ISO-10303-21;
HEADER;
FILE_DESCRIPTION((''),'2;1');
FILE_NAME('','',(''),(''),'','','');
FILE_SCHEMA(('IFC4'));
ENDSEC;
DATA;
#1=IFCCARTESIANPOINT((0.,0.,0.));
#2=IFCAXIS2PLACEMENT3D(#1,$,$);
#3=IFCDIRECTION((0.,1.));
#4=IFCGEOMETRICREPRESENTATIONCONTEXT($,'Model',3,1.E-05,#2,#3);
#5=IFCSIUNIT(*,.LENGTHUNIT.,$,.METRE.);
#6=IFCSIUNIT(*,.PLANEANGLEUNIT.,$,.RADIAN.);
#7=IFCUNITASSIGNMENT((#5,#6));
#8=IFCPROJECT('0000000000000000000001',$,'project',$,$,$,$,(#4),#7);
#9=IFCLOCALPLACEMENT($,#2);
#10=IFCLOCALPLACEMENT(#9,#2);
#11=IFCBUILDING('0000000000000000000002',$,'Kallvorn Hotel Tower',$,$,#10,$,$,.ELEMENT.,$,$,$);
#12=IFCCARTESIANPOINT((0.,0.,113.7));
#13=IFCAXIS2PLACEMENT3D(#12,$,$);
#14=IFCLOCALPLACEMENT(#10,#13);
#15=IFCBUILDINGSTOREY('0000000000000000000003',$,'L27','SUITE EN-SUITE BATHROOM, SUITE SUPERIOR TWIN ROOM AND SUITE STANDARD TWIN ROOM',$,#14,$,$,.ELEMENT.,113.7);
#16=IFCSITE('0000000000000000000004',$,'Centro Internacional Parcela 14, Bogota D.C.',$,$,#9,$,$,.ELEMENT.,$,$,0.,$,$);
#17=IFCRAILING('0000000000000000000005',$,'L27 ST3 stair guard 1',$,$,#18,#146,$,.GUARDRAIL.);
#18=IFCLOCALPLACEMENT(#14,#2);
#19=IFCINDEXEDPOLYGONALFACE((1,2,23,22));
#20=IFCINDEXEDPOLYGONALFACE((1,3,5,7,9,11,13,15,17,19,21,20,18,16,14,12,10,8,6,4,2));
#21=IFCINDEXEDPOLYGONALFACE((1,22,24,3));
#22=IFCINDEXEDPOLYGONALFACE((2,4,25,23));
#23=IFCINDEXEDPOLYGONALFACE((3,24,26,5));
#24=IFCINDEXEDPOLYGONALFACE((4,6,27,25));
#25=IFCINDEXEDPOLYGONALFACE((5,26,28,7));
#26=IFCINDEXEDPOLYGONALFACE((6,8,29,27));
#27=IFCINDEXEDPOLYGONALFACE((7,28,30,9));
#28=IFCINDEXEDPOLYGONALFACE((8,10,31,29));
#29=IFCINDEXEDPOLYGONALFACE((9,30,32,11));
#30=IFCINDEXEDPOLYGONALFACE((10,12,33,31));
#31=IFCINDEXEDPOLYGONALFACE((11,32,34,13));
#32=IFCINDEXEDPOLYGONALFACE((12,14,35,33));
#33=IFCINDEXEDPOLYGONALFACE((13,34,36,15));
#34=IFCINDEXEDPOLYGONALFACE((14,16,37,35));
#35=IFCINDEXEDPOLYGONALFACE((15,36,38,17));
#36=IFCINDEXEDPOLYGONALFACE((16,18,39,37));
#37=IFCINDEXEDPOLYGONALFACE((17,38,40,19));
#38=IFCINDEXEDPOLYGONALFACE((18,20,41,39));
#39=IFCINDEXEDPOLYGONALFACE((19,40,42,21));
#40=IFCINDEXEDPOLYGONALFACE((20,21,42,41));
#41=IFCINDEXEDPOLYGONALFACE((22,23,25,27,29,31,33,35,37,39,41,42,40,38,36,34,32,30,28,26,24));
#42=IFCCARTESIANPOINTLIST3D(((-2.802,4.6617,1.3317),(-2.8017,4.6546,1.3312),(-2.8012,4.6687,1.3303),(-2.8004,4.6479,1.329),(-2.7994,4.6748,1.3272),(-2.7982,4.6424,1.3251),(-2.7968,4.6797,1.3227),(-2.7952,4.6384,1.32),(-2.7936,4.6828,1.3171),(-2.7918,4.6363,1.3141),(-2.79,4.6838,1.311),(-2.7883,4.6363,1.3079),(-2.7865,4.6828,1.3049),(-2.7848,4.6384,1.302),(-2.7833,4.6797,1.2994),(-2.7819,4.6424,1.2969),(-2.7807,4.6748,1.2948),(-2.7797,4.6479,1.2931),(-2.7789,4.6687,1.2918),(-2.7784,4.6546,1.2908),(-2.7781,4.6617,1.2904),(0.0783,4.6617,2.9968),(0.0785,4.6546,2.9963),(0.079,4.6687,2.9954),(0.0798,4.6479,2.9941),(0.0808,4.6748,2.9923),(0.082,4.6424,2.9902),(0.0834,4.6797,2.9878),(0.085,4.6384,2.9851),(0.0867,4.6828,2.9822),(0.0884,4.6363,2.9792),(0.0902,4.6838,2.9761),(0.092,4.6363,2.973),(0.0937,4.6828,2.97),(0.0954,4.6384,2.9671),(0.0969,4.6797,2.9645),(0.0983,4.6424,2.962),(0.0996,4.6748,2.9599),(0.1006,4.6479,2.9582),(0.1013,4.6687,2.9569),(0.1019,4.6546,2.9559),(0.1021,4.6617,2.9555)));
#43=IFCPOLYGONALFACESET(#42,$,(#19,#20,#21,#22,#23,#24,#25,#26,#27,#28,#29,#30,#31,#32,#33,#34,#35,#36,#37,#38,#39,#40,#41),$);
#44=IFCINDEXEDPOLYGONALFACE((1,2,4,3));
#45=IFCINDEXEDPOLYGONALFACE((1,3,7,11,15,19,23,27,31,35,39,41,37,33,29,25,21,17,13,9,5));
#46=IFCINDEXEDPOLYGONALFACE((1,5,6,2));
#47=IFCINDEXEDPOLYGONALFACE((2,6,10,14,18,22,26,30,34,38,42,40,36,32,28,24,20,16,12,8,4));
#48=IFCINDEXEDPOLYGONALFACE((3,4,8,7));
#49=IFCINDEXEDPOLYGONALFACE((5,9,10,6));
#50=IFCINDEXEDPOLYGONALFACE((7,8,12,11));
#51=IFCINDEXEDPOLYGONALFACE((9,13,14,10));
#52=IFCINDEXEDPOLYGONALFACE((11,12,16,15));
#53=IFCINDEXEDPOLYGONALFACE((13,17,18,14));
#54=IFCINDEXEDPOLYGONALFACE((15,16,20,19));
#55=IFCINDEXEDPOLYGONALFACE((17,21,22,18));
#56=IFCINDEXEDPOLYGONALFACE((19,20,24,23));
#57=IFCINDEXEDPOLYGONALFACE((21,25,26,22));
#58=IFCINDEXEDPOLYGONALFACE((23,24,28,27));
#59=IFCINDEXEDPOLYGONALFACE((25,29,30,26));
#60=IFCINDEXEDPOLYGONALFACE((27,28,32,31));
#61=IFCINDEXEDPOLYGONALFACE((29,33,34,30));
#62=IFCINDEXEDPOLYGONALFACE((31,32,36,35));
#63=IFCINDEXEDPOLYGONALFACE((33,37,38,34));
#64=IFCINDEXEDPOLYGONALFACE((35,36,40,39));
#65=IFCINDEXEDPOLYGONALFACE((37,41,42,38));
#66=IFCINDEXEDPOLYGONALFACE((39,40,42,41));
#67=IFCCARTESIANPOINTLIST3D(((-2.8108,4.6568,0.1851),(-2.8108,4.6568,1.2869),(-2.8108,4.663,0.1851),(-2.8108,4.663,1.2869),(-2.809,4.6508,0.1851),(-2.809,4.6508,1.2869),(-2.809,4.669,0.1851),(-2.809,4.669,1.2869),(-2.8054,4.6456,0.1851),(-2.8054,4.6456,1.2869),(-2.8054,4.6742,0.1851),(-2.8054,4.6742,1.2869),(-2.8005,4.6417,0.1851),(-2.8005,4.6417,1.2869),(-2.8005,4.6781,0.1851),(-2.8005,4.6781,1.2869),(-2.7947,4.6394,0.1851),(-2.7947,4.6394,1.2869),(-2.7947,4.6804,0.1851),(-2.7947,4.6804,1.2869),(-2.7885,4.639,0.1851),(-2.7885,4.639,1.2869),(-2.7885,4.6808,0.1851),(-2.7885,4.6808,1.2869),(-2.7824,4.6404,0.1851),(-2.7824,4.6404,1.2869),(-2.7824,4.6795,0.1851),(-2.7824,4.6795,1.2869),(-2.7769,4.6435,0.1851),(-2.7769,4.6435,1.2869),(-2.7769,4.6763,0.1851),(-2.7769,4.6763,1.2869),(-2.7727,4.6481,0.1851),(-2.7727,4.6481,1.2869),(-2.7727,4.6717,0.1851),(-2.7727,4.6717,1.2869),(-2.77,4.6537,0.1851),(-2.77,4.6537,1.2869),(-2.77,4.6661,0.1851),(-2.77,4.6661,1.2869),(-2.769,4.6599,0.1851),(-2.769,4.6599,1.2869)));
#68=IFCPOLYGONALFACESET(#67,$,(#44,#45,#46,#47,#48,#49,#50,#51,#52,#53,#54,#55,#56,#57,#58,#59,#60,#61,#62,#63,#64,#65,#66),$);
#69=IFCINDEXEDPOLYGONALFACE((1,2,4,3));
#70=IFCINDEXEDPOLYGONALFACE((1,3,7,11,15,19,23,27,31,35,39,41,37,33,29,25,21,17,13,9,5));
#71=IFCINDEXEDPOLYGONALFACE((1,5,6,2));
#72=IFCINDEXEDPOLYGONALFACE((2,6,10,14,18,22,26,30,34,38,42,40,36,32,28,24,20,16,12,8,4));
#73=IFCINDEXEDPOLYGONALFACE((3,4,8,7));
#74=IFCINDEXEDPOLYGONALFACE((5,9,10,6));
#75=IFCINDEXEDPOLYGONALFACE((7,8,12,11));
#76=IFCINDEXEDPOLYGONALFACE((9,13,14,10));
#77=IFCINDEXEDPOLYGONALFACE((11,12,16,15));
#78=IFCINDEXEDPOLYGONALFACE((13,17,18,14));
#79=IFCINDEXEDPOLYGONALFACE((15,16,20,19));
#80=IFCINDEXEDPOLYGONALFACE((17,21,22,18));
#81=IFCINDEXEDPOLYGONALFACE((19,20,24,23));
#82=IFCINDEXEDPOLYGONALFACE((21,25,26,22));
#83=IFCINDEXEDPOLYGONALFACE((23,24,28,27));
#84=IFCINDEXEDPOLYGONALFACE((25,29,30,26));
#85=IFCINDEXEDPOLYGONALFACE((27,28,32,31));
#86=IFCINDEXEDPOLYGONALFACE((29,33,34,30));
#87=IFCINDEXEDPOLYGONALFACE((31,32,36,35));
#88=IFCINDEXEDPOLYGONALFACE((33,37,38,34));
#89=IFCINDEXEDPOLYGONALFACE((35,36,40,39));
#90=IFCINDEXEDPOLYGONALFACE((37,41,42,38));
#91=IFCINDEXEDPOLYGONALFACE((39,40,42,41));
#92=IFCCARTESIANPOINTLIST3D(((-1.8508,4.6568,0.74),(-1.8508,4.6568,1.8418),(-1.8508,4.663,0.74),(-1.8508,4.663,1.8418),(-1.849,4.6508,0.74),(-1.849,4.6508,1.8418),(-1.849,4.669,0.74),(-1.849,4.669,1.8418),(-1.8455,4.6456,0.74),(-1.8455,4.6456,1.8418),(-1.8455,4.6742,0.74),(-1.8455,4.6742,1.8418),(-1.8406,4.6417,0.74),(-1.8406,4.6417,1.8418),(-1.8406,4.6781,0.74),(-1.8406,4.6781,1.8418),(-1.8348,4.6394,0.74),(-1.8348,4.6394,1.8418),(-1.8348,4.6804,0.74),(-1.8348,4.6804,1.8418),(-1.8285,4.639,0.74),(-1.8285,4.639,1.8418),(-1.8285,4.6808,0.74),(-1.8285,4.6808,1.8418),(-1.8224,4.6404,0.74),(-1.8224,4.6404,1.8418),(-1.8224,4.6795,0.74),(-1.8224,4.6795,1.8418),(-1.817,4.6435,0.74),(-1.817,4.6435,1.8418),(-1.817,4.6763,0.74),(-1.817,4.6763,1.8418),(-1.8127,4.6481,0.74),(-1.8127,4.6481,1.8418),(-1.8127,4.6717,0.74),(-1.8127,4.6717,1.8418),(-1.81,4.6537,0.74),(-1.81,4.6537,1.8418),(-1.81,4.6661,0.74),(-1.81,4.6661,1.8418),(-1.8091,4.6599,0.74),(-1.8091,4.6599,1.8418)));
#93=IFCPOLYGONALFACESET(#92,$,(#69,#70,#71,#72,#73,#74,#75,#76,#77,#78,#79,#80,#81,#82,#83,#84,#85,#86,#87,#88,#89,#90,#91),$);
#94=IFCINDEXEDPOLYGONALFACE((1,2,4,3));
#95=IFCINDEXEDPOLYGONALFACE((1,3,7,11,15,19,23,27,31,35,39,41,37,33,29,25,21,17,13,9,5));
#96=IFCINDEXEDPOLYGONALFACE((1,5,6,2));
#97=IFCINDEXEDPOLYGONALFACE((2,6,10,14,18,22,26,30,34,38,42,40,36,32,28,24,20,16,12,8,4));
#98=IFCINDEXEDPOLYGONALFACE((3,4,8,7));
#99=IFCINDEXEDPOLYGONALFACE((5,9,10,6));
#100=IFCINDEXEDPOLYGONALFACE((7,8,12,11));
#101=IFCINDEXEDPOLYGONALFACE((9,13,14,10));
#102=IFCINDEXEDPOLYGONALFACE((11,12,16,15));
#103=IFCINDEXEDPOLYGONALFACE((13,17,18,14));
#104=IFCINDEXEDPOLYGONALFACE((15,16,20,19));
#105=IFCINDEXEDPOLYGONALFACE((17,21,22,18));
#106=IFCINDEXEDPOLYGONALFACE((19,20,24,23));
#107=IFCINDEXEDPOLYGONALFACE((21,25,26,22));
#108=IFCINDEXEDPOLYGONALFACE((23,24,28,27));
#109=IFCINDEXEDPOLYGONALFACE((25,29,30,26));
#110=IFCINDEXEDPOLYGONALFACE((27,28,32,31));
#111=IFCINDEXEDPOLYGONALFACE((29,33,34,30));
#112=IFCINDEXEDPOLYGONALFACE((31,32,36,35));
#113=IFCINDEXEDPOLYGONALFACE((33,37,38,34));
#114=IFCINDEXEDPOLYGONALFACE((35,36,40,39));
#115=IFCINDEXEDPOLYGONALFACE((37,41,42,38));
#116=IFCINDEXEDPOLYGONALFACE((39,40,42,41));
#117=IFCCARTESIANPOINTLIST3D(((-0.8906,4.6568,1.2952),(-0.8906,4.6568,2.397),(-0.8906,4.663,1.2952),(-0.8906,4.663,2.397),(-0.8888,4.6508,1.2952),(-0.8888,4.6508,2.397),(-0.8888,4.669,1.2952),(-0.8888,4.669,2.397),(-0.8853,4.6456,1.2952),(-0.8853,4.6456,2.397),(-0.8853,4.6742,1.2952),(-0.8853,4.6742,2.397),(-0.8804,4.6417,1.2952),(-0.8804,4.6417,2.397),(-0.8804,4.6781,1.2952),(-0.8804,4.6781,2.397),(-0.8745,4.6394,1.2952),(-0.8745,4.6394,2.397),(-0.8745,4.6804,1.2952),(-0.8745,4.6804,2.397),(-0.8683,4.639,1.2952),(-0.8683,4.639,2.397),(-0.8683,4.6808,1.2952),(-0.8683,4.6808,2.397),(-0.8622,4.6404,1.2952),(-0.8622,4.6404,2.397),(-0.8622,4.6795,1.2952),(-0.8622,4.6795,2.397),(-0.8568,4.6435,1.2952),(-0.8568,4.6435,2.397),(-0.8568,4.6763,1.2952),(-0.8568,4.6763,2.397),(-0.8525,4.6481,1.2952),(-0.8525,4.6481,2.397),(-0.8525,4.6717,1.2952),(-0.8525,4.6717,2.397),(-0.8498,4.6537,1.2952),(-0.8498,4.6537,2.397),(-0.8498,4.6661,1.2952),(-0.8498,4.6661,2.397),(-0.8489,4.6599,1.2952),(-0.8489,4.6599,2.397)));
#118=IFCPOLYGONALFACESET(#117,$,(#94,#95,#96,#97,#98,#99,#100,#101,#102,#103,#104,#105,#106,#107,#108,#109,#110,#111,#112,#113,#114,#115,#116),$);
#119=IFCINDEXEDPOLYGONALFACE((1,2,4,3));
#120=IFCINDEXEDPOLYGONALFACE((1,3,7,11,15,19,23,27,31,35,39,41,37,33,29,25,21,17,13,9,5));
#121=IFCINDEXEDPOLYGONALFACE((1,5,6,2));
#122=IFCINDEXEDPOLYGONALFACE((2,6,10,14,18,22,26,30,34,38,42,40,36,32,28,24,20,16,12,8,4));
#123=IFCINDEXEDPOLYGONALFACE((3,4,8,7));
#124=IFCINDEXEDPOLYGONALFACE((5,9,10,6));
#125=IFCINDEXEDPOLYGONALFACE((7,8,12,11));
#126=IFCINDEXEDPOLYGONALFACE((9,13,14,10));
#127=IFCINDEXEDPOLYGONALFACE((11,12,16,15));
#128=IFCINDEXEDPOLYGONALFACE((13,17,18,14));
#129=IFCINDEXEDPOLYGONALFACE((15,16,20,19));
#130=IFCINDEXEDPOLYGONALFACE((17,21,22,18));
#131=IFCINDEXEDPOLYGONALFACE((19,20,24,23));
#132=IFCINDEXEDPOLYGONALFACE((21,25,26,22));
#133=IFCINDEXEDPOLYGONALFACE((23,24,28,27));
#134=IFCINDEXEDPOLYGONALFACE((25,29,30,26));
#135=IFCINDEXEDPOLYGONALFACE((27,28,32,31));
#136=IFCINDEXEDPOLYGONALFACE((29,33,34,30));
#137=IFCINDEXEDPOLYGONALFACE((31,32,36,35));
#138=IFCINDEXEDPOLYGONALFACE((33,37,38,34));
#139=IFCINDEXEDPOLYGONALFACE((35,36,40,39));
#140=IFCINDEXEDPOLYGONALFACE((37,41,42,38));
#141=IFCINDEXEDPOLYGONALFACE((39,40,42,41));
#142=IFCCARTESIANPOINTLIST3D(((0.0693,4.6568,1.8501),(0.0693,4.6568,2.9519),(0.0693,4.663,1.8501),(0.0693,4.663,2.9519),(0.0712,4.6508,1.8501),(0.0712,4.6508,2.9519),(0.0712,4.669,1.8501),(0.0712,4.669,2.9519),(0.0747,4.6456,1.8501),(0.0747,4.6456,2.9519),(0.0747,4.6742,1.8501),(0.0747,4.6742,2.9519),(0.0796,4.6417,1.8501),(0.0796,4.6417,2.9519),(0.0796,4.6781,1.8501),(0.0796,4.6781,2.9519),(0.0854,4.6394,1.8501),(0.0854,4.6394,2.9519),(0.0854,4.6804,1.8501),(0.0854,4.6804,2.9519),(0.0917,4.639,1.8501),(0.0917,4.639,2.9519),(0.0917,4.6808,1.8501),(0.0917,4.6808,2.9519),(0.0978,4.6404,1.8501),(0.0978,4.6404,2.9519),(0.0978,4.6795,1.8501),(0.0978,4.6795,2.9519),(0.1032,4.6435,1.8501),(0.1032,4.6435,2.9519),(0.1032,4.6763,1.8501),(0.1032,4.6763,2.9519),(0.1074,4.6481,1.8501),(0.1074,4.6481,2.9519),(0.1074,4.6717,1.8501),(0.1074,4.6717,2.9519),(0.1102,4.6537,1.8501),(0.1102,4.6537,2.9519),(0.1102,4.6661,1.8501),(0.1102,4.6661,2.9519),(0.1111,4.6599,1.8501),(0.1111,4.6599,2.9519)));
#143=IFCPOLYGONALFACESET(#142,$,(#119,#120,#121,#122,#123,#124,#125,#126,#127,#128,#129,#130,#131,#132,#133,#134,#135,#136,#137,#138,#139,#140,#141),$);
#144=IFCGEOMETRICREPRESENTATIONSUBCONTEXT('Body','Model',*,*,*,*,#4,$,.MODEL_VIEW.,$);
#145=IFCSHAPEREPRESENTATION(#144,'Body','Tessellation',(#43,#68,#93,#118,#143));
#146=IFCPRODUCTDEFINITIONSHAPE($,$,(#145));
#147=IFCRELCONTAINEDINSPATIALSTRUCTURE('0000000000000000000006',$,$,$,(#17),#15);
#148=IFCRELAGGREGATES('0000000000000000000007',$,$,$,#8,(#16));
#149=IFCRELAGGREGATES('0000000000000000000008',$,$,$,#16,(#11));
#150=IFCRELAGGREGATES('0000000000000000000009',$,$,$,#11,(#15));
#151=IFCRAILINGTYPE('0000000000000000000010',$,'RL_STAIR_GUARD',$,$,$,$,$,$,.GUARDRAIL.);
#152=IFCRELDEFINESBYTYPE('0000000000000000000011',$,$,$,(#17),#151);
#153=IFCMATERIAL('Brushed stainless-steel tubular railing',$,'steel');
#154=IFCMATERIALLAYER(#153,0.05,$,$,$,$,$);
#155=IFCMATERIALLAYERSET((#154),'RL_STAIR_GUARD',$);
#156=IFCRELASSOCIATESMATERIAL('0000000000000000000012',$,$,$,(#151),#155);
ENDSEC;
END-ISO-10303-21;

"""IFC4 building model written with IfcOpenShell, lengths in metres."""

from ifc_helpers import new_model, si_unit, direction, frame, origin, origin_2d, place, context, subcontext, project, spatial, circle, extrude, material, layer, layer_set, type_object, element, save


model = new_model("IFC4")

# Units and contexts
model_context = context("Model", 3, precision=1e-05, world=origin(), true_north=direction((0.0, 1.0)))
body_context = subcontext(model_context, "Body", "Model", "MODEL_VIEW")
ifc_project = project(units=[si_unit("LENGTHUNIT", "METRE"), si_unit("PLANEANGLEUNIT", "RADIAN")], contexts=[model_context])

# Site, building, storey
site_placement = place(None, origin())
site = spatial("IfcSite", under=ifc_project, at=site_placement, Name="Centro Internacional Parcela 14, Bogota D.C.", CompositionType="ELEMENT", RefElevation=0.0)
building_placement = place(site_placement, origin())
building = spatial("IfcBuilding", under=site, at=building_placement, Name="Kallvorn Hotel Tower", CompositionType="ELEMENT")
storey_placement = place(building_placement, frame((0.0, 0.0, 113.7)))
storey = spatial("IfcBuildingStorey", under=building, at=storey_placement, Name="L27", Description="SUITE EN-SUITE BATHROOM, SUITE SUPERIOR TWIN ROOM AND SUITE STANDARD TWIN ROOM", CompositionType="ELEMENT", Elevation=113.7)

# Railing
ifc_material_1 = material(Name="Brushed stainless-steel tubular railing", Category="steel")
ifc_layer_1 = layer(ifc_material_1, 0.05)
ifc_layer_set_1 = layer_set([ifc_layer_1], Name="RL_STAIR_GUARD")
railing_type_1 = type_object("IfcRailingType", Name="RL_STAIR_GUARD", PredefinedType="GUARDRAIL", material=ifc_layer_set_1)
railing_1_placement = place(storey_placement, frame((-2.79, 4.6599, 0.1851)))
element("IfcRailing", 1, at=railing_1_placement, inside=storey, type_object=railing_type_1, Name="L27 ST3 stair guard 1", PredefinedType="GUARDRAIL", context=body_context, shape_type="SweptSolid", body=[
    extrude(circle(Radius=0.0239, at=origin_2d()), frame((0.0, 0.0, 1.126), z_axis=(0.865739, 0.0, 0.500495), x_axis=(0.0, 1.0, 0.0)), (0.0, 0.0, 1.0), 3.3269),
    extrude(circle(Radius=0.021, at=origin_2d()), origin(), (0.0, 0.0, 1.0), 1.1018),
    extrude(circle(Radius=0.021, at=origin_2d()), frame((0.96, 0.0, 0.5549)), (0.0, 0.0, 1.0), 1.1018),
    extrude(circle(Radius=0.021, at=origin_2d()), frame((1.9202, 0.0, 1.1101)), (0.0, 0.0, 1.0), 1.1018),
    extrude(circle(Radius=0.021, at=origin_2d()), frame((2.8801, 0.0, 1.665)), (0.0, 0.0, 1.0), 1.1018),
])

save(model, "model.ifc")
